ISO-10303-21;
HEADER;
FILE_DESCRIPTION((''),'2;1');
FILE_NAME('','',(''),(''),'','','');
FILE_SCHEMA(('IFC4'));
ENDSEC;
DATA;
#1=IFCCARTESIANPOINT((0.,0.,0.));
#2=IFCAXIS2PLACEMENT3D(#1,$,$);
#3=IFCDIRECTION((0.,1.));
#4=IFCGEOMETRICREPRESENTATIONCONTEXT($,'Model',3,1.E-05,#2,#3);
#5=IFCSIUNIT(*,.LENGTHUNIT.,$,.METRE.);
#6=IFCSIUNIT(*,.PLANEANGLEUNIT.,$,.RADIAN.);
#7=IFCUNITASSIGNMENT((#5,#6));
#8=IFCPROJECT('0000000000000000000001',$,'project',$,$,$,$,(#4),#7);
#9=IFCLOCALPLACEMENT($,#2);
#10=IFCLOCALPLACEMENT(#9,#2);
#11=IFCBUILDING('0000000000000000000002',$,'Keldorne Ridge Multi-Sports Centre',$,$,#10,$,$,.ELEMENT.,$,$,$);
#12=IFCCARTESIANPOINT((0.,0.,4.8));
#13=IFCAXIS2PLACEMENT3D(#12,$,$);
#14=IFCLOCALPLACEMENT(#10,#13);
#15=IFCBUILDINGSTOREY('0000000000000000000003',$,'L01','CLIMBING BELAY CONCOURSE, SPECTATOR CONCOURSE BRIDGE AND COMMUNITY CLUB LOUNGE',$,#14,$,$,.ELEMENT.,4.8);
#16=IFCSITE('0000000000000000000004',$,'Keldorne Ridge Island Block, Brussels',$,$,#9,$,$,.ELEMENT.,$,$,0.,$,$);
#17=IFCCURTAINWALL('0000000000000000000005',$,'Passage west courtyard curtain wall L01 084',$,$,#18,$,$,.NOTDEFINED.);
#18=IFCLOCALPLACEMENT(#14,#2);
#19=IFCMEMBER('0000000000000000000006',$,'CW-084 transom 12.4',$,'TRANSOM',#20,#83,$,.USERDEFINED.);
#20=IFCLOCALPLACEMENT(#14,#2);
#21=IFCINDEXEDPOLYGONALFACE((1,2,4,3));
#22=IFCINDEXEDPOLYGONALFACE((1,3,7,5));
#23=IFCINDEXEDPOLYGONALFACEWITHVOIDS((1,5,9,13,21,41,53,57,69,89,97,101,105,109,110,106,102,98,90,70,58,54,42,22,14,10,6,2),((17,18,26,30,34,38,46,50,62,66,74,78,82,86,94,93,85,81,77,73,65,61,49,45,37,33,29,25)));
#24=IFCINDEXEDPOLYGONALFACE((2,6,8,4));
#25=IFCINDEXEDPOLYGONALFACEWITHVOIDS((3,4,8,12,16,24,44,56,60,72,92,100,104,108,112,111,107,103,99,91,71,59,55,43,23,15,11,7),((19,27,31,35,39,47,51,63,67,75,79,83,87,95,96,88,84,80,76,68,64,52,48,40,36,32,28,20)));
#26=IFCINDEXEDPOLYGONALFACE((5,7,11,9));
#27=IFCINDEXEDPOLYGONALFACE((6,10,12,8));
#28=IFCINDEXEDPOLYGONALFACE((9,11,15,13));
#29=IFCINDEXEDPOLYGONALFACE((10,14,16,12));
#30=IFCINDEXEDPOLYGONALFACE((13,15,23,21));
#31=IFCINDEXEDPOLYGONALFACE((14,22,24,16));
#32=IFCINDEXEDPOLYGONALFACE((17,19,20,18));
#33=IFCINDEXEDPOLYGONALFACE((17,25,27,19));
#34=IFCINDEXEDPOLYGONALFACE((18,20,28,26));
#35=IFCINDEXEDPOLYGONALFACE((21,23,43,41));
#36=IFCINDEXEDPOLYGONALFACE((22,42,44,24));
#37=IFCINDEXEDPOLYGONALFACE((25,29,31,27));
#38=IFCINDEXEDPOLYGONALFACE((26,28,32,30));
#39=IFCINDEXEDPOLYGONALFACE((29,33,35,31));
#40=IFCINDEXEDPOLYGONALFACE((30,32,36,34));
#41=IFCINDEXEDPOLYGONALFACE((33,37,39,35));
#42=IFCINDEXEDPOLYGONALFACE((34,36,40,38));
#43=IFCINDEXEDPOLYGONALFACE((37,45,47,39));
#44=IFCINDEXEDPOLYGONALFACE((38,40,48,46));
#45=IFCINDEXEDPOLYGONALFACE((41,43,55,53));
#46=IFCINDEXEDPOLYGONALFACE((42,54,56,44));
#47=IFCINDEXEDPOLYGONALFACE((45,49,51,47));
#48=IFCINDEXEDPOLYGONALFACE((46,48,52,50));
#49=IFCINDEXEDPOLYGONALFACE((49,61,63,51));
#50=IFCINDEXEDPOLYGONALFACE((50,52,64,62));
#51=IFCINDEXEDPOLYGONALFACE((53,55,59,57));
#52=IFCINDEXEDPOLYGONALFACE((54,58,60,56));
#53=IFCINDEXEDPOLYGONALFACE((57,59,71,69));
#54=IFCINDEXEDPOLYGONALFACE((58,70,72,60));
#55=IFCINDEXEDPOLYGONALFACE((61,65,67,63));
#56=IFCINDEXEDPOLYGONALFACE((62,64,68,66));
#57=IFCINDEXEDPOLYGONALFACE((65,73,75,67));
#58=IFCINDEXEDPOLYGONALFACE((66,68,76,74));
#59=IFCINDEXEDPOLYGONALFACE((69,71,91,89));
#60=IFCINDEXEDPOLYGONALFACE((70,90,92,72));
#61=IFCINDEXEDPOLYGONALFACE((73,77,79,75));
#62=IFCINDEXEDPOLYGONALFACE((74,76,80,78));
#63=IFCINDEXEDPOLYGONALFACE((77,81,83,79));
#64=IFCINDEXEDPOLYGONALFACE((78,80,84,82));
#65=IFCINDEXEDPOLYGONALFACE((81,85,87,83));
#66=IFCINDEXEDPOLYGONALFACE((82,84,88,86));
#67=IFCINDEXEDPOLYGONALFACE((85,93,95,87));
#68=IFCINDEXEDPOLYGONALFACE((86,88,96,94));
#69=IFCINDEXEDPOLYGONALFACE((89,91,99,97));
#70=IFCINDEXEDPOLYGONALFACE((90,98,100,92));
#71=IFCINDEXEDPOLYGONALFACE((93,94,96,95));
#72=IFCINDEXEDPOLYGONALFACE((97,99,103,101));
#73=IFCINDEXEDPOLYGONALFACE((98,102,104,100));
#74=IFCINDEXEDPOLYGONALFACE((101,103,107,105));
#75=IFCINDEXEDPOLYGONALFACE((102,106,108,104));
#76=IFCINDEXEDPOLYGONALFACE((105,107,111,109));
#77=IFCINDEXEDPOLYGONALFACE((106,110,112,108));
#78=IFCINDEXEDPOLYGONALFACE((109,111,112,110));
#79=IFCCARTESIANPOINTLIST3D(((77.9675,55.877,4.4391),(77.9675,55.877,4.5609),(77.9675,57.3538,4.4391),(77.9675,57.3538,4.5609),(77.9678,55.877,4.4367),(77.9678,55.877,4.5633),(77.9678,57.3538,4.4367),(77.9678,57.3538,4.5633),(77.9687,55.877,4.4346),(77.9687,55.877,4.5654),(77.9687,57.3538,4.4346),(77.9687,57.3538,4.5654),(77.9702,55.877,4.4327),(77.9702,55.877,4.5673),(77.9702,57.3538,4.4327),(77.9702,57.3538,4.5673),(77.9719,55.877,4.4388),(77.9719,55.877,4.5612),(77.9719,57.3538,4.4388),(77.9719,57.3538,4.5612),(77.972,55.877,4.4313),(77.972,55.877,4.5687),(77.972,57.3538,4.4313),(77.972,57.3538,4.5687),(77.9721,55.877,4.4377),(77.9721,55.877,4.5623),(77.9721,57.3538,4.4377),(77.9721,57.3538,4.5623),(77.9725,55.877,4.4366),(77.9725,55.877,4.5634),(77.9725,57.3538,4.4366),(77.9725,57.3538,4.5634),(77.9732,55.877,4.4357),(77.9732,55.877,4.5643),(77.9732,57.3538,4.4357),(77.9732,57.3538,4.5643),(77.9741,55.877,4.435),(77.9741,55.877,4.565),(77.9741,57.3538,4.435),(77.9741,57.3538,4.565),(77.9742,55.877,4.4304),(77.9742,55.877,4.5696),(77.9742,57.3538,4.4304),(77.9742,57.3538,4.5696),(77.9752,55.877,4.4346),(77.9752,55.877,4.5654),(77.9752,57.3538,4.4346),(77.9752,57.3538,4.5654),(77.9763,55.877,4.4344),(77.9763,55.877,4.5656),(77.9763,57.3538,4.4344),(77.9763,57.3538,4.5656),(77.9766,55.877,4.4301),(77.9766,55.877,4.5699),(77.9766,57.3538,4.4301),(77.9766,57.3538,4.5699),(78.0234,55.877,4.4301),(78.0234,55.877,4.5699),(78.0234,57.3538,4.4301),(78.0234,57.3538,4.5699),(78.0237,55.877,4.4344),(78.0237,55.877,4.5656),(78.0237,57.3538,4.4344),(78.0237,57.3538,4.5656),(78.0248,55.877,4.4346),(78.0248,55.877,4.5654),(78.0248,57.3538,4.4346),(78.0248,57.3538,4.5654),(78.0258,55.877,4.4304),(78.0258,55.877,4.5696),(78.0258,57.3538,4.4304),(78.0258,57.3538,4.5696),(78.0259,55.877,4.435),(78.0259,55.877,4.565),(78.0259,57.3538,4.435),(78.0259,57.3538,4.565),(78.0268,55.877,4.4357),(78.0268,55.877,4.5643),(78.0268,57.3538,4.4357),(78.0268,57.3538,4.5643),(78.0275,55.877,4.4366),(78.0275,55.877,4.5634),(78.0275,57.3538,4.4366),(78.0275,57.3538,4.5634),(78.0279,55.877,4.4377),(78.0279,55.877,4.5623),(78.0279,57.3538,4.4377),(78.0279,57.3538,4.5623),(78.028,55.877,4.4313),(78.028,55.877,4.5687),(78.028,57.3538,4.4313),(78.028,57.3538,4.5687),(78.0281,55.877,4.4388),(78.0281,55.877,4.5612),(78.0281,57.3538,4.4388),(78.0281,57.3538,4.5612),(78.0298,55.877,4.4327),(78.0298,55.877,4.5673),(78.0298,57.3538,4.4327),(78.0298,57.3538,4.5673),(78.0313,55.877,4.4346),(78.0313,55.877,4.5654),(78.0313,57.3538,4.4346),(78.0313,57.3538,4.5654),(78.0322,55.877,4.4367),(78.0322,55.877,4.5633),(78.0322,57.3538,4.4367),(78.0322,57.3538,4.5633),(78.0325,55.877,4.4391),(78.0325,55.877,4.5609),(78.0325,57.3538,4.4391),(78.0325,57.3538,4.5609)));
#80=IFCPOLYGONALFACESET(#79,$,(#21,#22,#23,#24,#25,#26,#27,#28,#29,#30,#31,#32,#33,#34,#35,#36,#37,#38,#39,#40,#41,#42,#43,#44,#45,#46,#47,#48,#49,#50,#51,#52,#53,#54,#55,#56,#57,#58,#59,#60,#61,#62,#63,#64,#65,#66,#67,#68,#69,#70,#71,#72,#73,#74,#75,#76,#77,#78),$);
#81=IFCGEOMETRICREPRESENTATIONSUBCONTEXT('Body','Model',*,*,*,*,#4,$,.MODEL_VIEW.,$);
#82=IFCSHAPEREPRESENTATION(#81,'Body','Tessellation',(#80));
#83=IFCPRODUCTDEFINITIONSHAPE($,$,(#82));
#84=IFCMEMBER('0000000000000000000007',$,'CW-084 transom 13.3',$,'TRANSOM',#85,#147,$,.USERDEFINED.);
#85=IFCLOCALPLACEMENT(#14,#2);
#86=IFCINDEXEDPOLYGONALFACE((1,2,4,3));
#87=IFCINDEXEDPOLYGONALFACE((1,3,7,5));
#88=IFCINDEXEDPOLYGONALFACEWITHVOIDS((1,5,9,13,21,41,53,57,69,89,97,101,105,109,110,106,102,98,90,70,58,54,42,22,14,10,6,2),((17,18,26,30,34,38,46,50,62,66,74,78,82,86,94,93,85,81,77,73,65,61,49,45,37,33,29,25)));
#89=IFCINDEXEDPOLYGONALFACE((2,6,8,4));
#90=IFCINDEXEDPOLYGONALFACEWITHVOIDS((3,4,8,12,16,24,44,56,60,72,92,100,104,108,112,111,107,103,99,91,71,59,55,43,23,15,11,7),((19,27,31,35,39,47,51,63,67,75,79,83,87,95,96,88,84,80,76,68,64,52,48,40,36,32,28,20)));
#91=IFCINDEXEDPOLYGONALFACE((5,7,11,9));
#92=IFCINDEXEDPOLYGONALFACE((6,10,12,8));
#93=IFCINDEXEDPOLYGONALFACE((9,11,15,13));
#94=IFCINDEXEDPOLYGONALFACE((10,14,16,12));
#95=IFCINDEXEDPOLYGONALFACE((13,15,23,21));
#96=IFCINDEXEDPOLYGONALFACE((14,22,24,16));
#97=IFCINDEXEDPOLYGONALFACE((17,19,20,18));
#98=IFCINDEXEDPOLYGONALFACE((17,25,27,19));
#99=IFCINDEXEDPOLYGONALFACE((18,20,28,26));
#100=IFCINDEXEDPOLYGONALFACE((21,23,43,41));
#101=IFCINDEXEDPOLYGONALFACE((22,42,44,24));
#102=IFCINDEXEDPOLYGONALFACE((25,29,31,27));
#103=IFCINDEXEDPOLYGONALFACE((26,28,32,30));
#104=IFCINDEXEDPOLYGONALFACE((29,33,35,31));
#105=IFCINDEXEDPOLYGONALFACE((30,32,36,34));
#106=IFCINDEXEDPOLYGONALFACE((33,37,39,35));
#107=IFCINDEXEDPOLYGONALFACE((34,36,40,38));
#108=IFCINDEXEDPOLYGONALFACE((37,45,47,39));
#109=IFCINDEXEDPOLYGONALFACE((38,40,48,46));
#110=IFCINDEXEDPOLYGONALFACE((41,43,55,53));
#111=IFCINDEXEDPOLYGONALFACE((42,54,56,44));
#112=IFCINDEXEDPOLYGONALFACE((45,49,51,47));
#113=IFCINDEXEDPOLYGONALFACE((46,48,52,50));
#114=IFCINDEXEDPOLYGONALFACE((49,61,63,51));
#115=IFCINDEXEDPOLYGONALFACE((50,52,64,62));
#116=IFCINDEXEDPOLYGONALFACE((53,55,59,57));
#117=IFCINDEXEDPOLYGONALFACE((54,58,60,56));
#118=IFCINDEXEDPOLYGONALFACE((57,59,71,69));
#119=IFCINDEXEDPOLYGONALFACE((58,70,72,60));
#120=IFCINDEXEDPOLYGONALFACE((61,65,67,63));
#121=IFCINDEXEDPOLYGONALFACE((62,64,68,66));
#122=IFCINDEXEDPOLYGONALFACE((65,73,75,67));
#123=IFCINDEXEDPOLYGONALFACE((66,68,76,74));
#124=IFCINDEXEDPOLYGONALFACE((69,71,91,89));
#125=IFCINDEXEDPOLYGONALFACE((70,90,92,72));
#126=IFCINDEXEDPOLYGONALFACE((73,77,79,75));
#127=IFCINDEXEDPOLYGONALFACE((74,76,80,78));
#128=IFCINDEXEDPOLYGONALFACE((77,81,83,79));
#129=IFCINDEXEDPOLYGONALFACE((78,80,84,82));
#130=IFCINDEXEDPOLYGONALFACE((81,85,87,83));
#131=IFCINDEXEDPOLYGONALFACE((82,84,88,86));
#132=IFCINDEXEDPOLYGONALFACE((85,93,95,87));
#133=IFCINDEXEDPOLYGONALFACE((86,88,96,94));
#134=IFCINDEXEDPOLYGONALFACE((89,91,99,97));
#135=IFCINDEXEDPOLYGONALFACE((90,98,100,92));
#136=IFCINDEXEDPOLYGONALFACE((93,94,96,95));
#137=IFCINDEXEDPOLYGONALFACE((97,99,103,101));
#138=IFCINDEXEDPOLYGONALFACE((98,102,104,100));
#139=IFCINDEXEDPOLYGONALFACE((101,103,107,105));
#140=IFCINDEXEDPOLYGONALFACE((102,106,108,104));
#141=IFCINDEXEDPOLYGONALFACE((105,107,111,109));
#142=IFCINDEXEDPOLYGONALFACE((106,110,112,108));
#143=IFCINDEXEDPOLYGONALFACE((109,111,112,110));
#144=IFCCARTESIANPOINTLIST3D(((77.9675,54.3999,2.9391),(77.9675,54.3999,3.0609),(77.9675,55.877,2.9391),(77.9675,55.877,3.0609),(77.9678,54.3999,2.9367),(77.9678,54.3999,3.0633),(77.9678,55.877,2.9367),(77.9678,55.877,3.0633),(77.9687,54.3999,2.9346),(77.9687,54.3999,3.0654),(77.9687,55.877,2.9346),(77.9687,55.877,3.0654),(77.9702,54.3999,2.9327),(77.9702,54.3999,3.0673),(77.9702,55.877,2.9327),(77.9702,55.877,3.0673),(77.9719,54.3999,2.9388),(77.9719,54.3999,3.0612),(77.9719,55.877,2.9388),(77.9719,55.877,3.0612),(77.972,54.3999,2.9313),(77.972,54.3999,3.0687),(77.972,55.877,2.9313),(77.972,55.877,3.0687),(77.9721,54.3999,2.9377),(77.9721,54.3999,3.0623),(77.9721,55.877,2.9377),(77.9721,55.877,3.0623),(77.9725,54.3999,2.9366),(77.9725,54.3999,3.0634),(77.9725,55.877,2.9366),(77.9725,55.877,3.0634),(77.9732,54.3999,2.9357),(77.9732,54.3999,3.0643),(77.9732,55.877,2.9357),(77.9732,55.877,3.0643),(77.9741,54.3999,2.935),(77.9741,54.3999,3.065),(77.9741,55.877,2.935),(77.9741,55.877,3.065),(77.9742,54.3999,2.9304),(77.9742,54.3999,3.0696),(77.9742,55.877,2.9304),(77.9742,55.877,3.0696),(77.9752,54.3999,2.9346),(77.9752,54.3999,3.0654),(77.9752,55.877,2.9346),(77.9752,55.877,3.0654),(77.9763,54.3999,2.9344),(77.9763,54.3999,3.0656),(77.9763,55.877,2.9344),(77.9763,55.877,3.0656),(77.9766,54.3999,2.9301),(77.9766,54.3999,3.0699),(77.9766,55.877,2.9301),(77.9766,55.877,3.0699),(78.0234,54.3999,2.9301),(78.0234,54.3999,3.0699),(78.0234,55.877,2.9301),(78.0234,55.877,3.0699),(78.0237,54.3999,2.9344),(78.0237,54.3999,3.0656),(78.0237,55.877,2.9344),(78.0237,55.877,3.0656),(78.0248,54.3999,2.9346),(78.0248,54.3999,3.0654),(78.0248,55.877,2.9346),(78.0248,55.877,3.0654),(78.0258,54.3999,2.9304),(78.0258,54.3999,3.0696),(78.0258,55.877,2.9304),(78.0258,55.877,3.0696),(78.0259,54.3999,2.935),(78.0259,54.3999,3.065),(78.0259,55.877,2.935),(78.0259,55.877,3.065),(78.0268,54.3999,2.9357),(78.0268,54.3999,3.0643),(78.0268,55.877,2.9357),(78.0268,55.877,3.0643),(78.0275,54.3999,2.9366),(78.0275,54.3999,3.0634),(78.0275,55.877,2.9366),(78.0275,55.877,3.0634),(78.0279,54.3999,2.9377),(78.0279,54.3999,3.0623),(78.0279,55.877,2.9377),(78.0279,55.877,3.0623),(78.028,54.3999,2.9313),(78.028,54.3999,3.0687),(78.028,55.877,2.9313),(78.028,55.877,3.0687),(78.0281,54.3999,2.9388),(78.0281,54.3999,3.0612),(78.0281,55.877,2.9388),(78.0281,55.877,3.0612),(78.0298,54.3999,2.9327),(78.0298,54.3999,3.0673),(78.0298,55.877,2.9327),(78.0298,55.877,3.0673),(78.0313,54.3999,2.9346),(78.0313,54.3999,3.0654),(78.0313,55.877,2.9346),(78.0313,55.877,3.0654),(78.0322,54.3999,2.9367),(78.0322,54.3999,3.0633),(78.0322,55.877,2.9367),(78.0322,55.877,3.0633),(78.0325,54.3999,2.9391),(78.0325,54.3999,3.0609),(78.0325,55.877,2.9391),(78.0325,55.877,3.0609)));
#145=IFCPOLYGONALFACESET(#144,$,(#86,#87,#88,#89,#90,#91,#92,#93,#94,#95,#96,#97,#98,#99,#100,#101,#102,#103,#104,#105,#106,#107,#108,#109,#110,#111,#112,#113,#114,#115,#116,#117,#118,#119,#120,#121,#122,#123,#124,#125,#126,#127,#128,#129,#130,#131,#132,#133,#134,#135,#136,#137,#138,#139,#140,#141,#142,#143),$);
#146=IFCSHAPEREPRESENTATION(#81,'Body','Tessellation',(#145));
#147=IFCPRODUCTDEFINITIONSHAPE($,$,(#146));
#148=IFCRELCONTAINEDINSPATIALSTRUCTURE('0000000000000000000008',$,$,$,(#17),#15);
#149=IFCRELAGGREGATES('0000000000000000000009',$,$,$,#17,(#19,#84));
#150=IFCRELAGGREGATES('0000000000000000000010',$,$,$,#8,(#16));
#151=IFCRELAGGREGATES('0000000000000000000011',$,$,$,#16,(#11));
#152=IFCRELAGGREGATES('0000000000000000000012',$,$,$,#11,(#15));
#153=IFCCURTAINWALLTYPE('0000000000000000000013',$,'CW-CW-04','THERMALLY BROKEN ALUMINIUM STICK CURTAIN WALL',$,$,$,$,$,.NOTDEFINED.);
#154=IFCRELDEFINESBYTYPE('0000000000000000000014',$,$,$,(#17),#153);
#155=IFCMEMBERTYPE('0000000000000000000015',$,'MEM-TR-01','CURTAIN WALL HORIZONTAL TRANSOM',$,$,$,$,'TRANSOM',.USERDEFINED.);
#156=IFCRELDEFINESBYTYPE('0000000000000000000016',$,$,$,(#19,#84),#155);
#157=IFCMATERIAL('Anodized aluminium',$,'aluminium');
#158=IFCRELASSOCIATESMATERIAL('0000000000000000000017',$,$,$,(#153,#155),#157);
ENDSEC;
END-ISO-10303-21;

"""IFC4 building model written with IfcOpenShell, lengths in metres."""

from ifc_helpers import new_model, si_unit, direction, frame, origin, origin_2d, place, context, subcontext, project, spatial, hollow_rectangle, extrude, material, material_profile, profile_set, type_object, element, aggregate, save


model = new_model("IFC4")

# Units and contexts
model_context = context("Model", 3, precision=1e-05, world=origin(), true_north=direction((0.0, 1.0)))
body_context = subcontext(model_context, "Body", "Model", "MODEL_VIEW")
ifc_project = project(units=[si_unit("LENGTHUNIT", "METRE"), si_unit("PLANEANGLEUNIT", "RADIAN")], contexts=[model_context])

# Site, building, storey
site_placement = place(None, origin())
site = spatial("IfcSite", under=ifc_project, at=site_placement, Name="Keldorne Ridge Island Block, Brussels", CompositionType="ELEMENT", RefElevation=0.0)
building_placement = place(site_placement, origin())
building = spatial("IfcBuilding", under=site, at=building_placement, Name="Keldorne Ridge Multi-Sports Centre", CompositionType="ELEMENT")
storey_placement = place(building_placement, frame((0.0, 0.0, 4.8)))
storey = spatial("IfcBuildingStorey", under=building, at=storey_placement, Name="L01", Description="CLIMBING BELAY CONCOURSE, SPECTATOR CONCOURSE BRIDGE AND COMMUNITY CLUB LOUNGE", CompositionType="ELEMENT", Elevation=4.8)

# Curtain wall, members
ifc_material_1 = material(Name="Anodized aluminium", Category="aluminium")
curtain_wall_type = type_object("IfcCurtainWallType", Name="CW-CW-04", Description="THERMALLY BROKEN ALUMINIUM STICK CURTAIN WALL", PredefinedType="NOTDEFINED", material=ifc_material_1)
curtain_wall_placement = place(storey_placement, origin())
curtain_wall = element("IfcCurtainWall", 1, at=curtain_wall_placement, inside=storey, type_object=curtain_wall_type, Name="Passage west courtyard curtain wall L01 084", PredefinedType="NOTDEFINED")
ifc_material_profile_1 = material_profile(ifc_material_1, hollow_rectangle(XDim=0.0649, YDim=0.1399, WallThickness=0.0044, InnerFilletRadius=0.0044, OuterFilletRadius=0.009, at=origin_2d()), Name="ALU TRANSOM 140x65x4.5")
ifc_profile_set_1 = profile_set([ifc_material_profile_1], Name="Anodized aluminium")
member_type_1 = type_object("IfcMemberType", Name="MEM-TR-01", Description="CURTAIN WALL HORIZONTAL TRANSOM", ElementType="TRANSOM", PredefinedType="USERDEFINED", material=ifc_profile_set_1)
member_1_placement = place(storey_placement, frame((78.0, 57.3538, 4.5), z_axis=(0.0, -1.0, 0.0), x_axis=(1.0, 0.0, 0.0)))
member_1 = element("IfcMember", 2, at=member_1_placement, type_object=member_type_1, Name="CW-084 transom 12.4", ObjectType="TRANSOM", PredefinedType="USERDEFINED", context=body_context, shape_type="SweptSolid", body=[
    extrude(hollow_rectangle(XDim=0.0649, YDim=0.1399, WallThickness=0.0044, InnerFilletRadius=0.0044, OuterFilletRadius=0.009, at=origin_2d()), origin(), (0.0, 0.0, 1.0), 1.4768),
])
member_2_placement = place(storey_placement, frame((78.0, 55.877, 3.0), z_axis=(0.0, -1.0, 0.0), x_axis=(1.0, 0.0, 0.0)))
member_2 = element("IfcMember", 3, at=member_2_placement, type_object=member_type_1, Name="CW-084 transom 13.3", ObjectType="TRANSOM", PredefinedType="USERDEFINED", context=body_context, shape_type="SweptSolid", body=[
    extrude(hollow_rectangle(XDim=0.0649, YDim=0.1399, WallThickness=0.0044, InnerFilletRadius=0.0044, OuterFilletRadius=0.009, at=origin_2d()), origin(), (0.0, 0.0, 1.0), 1.4771),
])
aggregate(curtain_wall, [member_1, member_2])

save(model, "model.ifc")
